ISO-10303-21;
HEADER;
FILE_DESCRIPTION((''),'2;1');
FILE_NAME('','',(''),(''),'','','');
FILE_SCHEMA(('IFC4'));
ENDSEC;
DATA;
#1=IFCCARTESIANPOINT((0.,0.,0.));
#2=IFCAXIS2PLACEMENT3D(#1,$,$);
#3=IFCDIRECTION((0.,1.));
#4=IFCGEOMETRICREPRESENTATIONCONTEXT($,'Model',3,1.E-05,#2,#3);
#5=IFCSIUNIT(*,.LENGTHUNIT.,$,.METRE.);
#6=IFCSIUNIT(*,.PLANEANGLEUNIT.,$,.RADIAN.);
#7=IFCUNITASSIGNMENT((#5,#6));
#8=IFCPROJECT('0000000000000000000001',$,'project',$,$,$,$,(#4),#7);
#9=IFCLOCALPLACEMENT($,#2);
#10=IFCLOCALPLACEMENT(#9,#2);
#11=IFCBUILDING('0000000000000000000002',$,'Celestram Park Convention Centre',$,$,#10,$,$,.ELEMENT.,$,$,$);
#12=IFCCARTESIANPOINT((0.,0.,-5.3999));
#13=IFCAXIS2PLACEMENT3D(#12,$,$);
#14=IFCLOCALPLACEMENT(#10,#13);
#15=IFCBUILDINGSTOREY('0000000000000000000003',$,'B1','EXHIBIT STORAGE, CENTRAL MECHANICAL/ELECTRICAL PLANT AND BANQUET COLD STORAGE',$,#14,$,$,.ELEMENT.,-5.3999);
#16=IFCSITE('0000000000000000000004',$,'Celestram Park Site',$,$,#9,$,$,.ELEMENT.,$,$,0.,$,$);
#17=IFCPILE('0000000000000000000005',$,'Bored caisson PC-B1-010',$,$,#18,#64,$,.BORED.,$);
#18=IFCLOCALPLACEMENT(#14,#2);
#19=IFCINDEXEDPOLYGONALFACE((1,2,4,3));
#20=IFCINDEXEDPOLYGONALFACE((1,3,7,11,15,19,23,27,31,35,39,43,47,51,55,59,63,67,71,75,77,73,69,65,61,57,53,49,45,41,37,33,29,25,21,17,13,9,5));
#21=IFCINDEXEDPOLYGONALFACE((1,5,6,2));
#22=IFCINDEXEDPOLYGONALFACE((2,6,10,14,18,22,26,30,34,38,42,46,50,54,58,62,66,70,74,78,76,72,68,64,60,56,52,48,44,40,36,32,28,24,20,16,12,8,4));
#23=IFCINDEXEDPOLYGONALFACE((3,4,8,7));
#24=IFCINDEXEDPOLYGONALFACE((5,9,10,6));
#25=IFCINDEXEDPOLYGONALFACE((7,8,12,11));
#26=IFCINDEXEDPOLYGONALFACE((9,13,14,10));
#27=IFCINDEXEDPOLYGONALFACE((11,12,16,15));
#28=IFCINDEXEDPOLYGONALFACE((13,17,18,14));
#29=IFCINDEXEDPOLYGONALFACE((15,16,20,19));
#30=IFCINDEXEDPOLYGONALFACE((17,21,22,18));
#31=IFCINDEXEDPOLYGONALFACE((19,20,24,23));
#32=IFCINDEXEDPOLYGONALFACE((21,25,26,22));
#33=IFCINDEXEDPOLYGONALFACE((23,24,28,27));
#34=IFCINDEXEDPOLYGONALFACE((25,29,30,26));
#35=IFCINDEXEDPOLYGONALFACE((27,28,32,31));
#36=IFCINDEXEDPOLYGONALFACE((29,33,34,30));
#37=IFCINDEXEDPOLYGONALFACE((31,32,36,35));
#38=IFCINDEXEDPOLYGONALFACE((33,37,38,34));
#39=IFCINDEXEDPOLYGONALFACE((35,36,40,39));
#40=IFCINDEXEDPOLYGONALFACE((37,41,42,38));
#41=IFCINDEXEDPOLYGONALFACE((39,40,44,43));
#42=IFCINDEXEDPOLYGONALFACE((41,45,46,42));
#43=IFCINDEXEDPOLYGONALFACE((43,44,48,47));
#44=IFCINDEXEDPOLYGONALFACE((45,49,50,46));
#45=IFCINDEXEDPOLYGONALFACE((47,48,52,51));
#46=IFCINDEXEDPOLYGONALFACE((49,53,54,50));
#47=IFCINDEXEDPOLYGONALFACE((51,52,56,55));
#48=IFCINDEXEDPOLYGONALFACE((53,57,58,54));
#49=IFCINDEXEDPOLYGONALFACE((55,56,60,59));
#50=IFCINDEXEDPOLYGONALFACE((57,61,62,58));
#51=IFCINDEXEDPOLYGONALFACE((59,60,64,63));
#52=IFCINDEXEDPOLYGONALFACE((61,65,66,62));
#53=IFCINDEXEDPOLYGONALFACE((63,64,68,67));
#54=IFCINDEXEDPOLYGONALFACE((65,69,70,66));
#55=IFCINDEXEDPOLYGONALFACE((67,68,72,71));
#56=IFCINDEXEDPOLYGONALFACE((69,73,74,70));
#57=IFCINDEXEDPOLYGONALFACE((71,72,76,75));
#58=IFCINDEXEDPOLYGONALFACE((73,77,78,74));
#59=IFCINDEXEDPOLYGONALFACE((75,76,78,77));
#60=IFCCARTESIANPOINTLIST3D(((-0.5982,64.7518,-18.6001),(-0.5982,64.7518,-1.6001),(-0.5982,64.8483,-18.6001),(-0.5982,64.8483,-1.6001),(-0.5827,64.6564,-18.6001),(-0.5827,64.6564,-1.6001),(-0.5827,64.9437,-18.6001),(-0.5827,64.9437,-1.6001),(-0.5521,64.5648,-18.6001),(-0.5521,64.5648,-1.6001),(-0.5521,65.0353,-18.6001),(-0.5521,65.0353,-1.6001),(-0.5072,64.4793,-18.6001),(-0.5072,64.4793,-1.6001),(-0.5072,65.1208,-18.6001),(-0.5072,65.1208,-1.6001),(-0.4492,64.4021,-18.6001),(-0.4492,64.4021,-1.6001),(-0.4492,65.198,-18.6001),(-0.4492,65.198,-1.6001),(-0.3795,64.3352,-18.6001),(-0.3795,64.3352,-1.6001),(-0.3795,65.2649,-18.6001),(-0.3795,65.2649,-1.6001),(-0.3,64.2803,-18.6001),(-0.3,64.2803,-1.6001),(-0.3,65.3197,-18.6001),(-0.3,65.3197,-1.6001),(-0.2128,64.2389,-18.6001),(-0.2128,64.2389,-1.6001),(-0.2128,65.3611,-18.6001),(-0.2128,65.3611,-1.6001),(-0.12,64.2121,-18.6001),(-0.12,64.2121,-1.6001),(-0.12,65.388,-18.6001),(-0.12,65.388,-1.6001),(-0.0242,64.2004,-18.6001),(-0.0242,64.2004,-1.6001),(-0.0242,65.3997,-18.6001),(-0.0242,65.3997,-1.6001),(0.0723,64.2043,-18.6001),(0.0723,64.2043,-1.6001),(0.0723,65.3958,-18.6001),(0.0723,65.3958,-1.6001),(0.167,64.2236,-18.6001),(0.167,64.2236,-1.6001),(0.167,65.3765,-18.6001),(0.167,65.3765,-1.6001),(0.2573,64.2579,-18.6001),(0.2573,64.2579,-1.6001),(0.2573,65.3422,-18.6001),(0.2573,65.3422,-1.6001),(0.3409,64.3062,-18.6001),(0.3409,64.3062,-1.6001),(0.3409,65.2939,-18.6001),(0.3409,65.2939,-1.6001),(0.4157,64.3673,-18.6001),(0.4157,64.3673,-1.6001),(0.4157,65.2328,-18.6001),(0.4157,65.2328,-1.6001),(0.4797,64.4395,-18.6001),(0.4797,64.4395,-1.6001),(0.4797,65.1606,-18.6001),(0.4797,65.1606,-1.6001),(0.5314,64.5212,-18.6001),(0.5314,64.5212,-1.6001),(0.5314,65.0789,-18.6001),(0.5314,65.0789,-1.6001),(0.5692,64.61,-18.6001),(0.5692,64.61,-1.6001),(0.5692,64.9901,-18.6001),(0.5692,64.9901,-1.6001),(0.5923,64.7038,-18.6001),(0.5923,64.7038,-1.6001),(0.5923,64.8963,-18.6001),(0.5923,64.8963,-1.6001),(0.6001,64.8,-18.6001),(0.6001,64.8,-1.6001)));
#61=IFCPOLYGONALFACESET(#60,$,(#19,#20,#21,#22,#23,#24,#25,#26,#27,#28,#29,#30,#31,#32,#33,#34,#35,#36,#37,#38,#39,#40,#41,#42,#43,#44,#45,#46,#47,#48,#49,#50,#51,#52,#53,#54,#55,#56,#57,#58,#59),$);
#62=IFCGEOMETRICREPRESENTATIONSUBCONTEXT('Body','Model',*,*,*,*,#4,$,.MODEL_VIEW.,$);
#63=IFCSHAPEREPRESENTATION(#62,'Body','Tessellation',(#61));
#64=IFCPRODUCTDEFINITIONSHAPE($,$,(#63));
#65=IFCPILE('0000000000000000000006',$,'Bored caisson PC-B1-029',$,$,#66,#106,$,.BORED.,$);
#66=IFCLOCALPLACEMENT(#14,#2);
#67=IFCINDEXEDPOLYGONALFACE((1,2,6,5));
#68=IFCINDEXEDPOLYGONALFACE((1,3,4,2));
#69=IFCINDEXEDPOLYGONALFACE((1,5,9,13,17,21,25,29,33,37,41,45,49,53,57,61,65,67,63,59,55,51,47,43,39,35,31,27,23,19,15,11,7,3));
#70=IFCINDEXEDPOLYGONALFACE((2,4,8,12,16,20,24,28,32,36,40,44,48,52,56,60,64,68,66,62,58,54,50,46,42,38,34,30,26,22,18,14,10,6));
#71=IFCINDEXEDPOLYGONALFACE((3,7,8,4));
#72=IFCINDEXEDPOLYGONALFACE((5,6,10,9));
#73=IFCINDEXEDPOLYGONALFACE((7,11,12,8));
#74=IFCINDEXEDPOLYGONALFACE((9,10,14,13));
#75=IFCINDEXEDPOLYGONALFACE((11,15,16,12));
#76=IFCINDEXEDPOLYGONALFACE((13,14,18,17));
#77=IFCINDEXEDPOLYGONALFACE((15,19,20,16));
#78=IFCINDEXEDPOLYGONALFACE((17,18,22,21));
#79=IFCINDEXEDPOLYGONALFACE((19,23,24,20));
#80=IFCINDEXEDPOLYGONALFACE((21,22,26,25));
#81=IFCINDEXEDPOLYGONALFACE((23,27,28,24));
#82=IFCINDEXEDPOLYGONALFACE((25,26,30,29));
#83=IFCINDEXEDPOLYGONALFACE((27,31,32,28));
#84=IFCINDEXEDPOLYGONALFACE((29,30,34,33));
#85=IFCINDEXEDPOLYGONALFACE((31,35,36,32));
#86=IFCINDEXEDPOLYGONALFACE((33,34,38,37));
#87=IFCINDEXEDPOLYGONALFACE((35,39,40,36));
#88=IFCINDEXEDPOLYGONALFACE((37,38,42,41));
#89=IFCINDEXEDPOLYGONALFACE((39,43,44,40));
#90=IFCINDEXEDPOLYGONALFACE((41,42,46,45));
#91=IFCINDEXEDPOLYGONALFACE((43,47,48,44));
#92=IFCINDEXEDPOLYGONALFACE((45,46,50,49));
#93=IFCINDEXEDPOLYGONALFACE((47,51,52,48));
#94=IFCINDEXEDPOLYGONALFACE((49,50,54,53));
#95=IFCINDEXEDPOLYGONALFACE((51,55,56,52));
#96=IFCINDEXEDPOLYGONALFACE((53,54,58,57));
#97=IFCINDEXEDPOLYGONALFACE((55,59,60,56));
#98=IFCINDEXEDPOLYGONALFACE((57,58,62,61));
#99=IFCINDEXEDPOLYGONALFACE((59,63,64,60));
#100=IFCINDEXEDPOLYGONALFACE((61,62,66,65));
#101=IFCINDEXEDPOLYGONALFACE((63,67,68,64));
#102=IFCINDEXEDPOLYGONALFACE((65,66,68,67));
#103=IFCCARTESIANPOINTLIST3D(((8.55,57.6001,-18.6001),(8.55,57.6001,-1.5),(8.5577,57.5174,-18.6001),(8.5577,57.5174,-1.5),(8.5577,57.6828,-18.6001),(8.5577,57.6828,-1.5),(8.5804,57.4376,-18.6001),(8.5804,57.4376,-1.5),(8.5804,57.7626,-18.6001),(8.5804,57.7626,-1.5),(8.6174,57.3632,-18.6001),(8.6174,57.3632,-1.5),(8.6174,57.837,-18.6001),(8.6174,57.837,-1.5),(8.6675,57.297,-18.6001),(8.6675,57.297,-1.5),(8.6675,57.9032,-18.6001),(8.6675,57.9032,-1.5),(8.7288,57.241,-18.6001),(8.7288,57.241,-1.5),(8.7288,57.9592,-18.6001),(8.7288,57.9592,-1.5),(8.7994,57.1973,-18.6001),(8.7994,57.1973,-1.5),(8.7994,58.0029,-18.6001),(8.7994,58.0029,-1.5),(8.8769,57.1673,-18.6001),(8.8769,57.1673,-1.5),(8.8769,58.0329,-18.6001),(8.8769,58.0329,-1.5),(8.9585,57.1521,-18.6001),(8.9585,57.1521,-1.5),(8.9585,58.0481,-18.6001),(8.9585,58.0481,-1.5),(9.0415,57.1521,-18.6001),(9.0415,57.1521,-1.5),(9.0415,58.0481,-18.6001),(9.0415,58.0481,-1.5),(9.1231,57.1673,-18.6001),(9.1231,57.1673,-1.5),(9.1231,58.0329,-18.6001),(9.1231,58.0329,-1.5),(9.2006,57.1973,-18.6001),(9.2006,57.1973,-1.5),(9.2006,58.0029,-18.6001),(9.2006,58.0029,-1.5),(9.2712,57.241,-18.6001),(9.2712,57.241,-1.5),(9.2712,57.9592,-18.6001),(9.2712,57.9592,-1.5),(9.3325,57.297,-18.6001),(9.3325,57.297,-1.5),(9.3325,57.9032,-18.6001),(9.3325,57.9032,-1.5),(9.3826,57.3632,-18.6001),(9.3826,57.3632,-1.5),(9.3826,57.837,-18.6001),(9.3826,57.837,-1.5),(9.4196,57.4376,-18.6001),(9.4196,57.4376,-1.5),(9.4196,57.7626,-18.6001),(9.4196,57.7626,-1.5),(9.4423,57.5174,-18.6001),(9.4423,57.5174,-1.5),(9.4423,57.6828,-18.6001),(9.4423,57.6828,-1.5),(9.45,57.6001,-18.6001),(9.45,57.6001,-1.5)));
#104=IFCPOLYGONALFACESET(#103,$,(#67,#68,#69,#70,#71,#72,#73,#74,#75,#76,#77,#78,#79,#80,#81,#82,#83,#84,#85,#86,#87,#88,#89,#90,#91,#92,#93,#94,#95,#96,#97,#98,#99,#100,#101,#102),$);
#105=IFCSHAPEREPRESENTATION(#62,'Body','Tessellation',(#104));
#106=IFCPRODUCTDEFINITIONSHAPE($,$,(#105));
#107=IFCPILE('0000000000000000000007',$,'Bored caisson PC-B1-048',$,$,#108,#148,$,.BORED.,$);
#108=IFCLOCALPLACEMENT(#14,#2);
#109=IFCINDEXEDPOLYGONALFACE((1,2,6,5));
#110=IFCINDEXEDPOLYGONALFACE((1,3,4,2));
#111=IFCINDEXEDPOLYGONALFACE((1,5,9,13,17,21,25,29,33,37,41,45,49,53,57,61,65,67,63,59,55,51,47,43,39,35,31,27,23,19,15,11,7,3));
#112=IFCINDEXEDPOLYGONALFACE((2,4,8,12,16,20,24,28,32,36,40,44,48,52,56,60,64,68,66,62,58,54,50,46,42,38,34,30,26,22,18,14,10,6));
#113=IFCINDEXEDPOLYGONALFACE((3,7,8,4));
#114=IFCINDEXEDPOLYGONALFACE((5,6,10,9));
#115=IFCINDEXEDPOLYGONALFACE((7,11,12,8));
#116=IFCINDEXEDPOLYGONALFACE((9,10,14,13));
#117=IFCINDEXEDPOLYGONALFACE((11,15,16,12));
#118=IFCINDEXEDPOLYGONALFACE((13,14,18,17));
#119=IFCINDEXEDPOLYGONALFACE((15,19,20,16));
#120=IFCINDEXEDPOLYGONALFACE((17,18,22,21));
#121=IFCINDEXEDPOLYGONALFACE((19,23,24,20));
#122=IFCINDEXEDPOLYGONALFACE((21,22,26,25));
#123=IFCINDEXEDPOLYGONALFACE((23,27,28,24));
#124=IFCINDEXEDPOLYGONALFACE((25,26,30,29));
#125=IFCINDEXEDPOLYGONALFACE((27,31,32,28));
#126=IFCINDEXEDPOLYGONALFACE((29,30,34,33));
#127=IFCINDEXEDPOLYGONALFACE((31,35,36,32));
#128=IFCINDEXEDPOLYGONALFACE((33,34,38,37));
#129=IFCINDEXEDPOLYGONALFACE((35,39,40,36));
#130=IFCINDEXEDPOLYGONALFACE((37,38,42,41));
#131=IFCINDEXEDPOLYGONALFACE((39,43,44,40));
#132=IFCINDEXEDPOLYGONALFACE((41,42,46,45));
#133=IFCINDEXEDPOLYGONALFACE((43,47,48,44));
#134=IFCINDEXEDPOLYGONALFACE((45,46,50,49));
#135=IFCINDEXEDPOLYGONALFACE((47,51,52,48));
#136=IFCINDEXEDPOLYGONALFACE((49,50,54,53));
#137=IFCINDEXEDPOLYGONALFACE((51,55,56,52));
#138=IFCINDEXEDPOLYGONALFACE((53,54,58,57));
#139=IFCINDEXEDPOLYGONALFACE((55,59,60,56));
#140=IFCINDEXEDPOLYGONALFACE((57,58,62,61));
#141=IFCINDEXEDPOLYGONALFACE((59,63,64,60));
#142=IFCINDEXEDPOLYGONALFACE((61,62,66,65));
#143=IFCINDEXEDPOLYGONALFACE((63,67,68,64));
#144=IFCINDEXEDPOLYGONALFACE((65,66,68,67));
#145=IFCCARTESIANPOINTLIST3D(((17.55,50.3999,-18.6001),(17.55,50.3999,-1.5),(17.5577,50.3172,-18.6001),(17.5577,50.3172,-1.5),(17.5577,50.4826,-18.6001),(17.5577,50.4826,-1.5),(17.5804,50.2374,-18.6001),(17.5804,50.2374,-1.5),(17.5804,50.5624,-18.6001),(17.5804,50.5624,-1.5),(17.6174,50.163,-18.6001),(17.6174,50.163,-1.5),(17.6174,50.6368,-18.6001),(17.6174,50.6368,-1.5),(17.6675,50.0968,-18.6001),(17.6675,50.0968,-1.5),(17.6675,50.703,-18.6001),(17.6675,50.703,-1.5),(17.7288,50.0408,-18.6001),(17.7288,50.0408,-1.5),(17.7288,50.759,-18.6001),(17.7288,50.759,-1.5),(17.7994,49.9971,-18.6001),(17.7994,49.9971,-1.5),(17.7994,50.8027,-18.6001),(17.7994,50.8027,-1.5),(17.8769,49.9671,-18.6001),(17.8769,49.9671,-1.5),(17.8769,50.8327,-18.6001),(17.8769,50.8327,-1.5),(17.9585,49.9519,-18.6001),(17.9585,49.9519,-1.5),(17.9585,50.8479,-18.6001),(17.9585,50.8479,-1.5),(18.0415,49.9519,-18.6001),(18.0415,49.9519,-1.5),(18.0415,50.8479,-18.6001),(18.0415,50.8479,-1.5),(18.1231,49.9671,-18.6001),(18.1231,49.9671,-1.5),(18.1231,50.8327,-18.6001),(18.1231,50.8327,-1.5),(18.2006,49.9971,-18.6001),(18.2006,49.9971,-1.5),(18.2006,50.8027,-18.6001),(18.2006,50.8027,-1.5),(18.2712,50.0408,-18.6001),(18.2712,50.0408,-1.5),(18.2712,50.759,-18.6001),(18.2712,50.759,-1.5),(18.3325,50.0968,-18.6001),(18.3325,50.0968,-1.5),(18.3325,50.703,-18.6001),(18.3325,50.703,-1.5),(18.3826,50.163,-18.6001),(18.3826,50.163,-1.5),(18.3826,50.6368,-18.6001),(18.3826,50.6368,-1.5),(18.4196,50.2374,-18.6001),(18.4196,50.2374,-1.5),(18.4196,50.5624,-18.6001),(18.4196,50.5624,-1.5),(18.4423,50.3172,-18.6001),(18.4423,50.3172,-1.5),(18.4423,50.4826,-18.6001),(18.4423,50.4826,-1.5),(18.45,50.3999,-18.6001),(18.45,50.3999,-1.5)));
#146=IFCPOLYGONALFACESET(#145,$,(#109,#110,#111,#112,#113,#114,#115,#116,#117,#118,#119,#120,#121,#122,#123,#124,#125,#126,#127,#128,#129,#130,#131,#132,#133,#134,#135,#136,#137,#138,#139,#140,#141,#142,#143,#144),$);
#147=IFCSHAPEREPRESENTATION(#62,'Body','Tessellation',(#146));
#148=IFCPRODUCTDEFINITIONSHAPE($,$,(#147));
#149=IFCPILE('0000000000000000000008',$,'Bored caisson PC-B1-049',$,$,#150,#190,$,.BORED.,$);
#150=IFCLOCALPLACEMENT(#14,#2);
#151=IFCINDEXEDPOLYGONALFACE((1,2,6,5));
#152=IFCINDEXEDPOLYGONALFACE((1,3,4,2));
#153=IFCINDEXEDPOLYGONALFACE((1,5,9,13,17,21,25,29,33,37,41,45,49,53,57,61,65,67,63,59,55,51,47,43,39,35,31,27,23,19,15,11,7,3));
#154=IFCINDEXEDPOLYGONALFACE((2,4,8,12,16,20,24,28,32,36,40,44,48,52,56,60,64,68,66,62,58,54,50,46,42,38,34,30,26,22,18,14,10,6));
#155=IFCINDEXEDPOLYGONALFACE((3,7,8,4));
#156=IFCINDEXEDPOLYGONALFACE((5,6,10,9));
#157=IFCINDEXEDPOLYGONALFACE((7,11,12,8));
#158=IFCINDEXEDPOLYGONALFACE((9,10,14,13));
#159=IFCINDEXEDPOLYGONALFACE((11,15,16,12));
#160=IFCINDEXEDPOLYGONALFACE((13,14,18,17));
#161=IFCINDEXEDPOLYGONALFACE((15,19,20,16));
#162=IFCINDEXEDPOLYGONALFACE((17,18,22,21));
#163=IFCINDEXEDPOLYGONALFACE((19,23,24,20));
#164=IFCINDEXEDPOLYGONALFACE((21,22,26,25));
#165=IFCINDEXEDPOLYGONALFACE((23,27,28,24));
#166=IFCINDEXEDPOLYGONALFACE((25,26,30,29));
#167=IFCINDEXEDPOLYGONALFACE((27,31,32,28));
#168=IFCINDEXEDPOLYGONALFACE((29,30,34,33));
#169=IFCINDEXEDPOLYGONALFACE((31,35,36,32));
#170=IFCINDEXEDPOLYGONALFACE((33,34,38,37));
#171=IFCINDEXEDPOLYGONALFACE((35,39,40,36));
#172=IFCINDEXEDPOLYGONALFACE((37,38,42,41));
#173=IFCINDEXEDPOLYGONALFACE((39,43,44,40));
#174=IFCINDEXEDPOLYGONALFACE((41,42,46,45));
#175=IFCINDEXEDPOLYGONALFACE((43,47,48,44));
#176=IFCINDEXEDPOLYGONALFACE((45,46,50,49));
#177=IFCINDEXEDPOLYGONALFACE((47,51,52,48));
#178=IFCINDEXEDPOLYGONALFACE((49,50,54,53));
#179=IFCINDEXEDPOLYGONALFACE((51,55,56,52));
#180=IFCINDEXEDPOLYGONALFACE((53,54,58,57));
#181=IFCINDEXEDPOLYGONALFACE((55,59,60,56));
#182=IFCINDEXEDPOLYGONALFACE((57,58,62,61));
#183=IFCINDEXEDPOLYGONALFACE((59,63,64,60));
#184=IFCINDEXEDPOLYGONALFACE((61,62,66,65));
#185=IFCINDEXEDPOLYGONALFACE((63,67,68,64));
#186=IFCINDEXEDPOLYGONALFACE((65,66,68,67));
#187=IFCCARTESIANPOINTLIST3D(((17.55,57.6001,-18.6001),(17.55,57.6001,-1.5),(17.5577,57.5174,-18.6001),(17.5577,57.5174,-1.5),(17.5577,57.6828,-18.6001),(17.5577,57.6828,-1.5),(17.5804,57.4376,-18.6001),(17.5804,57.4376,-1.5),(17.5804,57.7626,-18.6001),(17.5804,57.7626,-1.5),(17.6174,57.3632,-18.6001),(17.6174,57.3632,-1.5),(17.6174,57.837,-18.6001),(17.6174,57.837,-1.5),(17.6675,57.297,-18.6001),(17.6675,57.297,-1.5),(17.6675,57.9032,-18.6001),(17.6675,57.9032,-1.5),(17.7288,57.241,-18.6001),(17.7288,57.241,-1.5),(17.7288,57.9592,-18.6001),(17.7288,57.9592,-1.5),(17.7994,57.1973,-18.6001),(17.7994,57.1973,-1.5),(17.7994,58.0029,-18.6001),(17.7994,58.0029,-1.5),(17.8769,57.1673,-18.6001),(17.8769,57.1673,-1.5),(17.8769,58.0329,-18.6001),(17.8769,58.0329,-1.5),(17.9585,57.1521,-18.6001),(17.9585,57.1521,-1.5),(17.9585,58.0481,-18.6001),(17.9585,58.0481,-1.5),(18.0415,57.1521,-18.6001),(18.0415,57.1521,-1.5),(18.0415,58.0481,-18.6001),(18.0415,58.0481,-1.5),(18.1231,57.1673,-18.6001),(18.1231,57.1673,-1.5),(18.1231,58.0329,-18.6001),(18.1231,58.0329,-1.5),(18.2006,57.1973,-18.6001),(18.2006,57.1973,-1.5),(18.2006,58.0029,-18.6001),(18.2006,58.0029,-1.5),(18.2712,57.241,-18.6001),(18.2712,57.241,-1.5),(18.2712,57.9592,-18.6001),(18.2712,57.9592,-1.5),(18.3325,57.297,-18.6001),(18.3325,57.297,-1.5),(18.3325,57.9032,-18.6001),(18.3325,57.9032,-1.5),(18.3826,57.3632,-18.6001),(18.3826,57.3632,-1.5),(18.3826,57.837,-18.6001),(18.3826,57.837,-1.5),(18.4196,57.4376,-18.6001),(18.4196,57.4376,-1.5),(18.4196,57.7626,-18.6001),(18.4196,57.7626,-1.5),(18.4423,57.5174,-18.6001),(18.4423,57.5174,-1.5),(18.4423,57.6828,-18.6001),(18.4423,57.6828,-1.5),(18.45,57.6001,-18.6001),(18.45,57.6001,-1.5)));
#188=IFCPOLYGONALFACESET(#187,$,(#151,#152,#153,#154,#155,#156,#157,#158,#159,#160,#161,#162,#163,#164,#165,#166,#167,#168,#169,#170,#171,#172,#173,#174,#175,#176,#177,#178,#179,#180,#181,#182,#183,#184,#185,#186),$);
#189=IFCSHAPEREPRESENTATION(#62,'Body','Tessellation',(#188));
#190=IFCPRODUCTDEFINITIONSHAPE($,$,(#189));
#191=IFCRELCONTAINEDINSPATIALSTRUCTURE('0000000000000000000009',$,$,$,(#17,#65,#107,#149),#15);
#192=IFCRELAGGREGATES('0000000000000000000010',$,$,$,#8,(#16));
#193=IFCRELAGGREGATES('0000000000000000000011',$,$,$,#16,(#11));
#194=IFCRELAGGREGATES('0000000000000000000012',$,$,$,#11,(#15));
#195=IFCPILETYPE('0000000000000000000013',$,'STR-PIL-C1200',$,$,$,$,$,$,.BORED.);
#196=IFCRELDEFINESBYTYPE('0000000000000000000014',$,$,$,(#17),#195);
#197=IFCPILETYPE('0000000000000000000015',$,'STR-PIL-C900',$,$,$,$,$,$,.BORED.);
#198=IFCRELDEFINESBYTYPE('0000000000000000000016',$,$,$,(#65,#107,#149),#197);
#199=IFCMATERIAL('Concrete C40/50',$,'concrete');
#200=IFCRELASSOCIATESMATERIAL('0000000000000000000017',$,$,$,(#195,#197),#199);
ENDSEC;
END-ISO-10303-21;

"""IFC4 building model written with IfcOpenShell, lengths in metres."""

from ifc_helpers import new_model, si_unit, direction, frame, origin, origin_2d, place, context, subcontext, project, spatial, circle, extrude, material, material_profile, profile_set, type_object, element, save


model = new_model("IFC4")

# Units and contexts
model_context = context("Model", 3, precision=1e-05, world=origin(), true_north=direction((0.0, 1.0)))
body_context = subcontext(model_context, "Body", "Model", "MODEL_VIEW")
ifc_project = project(units=[si_unit("LENGTHUNIT", "METRE"), si_unit("PLANEANGLEUNIT", "RADIAN")], contexts=[model_context])

# Site, building, storey
site_placement = place(None, origin())
site = spatial("IfcSite", under=ifc_project, at=site_placement, Name="Celestram Park Site", CompositionType="ELEMENT", RefElevation=0.0)
building_placement = place(site_placement, origin())
building = spatial("IfcBuilding", under=site, at=building_placement, Name="Celestram Park Convention Centre", CompositionType="ELEMENT")
storey_placement = place(building_placement, frame((0.0, 0.0, -5.3999)))
storey = spatial("IfcBuildingStorey", under=building, at=storey_placement, Name="B1", Description="EXHIBIT STORAGE, CENTRAL MECHANICAL/ELECTRICAL PLANT AND BANQUET COLD STORAGE", CompositionType="ELEMENT", Elevation=-5.3999)

# Shared definitions
ifc_material_1 = material(Name="Concrete C40/50", Category="concrete")

# Piles
ifc_material_profile_1 = material_profile(ifc_material_1, circle(Radius=0.6001, at=origin_2d()), Name="CAISSON1200")
ifc_profile_set_1 = profile_set([ifc_material_profile_1], Name="Concrete C40/50")
pile_type_1 = type_object("IfcPileType", Name="STR-PIL-C1200", PredefinedType="BORED", material=ifc_profile_set_1)
for number, where, z_axis, x_axis, name in (
    (1, (0.0, 64.8, -1.6001), (0.0, 0.0, -1.0), (1.0, 0.0, 0.0), "Bored caisson PC-B1-010"),
):
    element("IfcPile", number, at=place(storey_placement, frame(where, z_axis=z_axis, x_axis=x_axis)), inside=storey, type_object=pile_type_1, Name=name, PredefinedType="BORED", context=body_context, shape_type="SweptSolid", body=[
        extrude(circle(Radius=0.6001, at=origin_2d()), origin(), (0.0, 0.0, 1.0), 17.0),
    ])
ifc_material_profile_2 = material_profile(ifc_material_1, circle(Radius=0.45, at=origin_2d()), Name="CAISSON900")
ifc_profile_set_2 = profile_set([ifc_material_profile_2], Name="Concrete C40/50")
pile_type_2 = type_object("IfcPileType", Name="STR-PIL-C900", PredefinedType="BORED", material=ifc_profile_set_2)
for number, where, z_axis, x_axis, name in (
    (2, (9.0, 57.6001, -1.5), (0.0, 0.0, -1.0), (1.0, 0.0, 0.0), "Bored caisson PC-B1-029"),
    (3, (18.0, 50.3999, -1.5), (0.0, 0.0, -1.0), (1.0, 0.0, 0.0), "Bored caisson PC-B1-048"),
    (4, (18.0, 57.6001, -1.5), (0.0, 0.0, -1.0), (1.0, 0.0, 0.0), "Bored caisson PC-B1-049"),
):
    element("IfcPile", number, at=place(storey_placement, frame(where, z_axis=z_axis, x_axis=x_axis)), inside=storey, type_object=pile_type_2, Name=name, PredefinedType="BORED", context=body_context, shape_type="SweptSolid", body=[
        extrude(circle(Radius=0.45, at=origin_2d()), origin(), (0.0, 0.0, 1.0), 17.1001),
    ])

save(model, "model.ifc")
